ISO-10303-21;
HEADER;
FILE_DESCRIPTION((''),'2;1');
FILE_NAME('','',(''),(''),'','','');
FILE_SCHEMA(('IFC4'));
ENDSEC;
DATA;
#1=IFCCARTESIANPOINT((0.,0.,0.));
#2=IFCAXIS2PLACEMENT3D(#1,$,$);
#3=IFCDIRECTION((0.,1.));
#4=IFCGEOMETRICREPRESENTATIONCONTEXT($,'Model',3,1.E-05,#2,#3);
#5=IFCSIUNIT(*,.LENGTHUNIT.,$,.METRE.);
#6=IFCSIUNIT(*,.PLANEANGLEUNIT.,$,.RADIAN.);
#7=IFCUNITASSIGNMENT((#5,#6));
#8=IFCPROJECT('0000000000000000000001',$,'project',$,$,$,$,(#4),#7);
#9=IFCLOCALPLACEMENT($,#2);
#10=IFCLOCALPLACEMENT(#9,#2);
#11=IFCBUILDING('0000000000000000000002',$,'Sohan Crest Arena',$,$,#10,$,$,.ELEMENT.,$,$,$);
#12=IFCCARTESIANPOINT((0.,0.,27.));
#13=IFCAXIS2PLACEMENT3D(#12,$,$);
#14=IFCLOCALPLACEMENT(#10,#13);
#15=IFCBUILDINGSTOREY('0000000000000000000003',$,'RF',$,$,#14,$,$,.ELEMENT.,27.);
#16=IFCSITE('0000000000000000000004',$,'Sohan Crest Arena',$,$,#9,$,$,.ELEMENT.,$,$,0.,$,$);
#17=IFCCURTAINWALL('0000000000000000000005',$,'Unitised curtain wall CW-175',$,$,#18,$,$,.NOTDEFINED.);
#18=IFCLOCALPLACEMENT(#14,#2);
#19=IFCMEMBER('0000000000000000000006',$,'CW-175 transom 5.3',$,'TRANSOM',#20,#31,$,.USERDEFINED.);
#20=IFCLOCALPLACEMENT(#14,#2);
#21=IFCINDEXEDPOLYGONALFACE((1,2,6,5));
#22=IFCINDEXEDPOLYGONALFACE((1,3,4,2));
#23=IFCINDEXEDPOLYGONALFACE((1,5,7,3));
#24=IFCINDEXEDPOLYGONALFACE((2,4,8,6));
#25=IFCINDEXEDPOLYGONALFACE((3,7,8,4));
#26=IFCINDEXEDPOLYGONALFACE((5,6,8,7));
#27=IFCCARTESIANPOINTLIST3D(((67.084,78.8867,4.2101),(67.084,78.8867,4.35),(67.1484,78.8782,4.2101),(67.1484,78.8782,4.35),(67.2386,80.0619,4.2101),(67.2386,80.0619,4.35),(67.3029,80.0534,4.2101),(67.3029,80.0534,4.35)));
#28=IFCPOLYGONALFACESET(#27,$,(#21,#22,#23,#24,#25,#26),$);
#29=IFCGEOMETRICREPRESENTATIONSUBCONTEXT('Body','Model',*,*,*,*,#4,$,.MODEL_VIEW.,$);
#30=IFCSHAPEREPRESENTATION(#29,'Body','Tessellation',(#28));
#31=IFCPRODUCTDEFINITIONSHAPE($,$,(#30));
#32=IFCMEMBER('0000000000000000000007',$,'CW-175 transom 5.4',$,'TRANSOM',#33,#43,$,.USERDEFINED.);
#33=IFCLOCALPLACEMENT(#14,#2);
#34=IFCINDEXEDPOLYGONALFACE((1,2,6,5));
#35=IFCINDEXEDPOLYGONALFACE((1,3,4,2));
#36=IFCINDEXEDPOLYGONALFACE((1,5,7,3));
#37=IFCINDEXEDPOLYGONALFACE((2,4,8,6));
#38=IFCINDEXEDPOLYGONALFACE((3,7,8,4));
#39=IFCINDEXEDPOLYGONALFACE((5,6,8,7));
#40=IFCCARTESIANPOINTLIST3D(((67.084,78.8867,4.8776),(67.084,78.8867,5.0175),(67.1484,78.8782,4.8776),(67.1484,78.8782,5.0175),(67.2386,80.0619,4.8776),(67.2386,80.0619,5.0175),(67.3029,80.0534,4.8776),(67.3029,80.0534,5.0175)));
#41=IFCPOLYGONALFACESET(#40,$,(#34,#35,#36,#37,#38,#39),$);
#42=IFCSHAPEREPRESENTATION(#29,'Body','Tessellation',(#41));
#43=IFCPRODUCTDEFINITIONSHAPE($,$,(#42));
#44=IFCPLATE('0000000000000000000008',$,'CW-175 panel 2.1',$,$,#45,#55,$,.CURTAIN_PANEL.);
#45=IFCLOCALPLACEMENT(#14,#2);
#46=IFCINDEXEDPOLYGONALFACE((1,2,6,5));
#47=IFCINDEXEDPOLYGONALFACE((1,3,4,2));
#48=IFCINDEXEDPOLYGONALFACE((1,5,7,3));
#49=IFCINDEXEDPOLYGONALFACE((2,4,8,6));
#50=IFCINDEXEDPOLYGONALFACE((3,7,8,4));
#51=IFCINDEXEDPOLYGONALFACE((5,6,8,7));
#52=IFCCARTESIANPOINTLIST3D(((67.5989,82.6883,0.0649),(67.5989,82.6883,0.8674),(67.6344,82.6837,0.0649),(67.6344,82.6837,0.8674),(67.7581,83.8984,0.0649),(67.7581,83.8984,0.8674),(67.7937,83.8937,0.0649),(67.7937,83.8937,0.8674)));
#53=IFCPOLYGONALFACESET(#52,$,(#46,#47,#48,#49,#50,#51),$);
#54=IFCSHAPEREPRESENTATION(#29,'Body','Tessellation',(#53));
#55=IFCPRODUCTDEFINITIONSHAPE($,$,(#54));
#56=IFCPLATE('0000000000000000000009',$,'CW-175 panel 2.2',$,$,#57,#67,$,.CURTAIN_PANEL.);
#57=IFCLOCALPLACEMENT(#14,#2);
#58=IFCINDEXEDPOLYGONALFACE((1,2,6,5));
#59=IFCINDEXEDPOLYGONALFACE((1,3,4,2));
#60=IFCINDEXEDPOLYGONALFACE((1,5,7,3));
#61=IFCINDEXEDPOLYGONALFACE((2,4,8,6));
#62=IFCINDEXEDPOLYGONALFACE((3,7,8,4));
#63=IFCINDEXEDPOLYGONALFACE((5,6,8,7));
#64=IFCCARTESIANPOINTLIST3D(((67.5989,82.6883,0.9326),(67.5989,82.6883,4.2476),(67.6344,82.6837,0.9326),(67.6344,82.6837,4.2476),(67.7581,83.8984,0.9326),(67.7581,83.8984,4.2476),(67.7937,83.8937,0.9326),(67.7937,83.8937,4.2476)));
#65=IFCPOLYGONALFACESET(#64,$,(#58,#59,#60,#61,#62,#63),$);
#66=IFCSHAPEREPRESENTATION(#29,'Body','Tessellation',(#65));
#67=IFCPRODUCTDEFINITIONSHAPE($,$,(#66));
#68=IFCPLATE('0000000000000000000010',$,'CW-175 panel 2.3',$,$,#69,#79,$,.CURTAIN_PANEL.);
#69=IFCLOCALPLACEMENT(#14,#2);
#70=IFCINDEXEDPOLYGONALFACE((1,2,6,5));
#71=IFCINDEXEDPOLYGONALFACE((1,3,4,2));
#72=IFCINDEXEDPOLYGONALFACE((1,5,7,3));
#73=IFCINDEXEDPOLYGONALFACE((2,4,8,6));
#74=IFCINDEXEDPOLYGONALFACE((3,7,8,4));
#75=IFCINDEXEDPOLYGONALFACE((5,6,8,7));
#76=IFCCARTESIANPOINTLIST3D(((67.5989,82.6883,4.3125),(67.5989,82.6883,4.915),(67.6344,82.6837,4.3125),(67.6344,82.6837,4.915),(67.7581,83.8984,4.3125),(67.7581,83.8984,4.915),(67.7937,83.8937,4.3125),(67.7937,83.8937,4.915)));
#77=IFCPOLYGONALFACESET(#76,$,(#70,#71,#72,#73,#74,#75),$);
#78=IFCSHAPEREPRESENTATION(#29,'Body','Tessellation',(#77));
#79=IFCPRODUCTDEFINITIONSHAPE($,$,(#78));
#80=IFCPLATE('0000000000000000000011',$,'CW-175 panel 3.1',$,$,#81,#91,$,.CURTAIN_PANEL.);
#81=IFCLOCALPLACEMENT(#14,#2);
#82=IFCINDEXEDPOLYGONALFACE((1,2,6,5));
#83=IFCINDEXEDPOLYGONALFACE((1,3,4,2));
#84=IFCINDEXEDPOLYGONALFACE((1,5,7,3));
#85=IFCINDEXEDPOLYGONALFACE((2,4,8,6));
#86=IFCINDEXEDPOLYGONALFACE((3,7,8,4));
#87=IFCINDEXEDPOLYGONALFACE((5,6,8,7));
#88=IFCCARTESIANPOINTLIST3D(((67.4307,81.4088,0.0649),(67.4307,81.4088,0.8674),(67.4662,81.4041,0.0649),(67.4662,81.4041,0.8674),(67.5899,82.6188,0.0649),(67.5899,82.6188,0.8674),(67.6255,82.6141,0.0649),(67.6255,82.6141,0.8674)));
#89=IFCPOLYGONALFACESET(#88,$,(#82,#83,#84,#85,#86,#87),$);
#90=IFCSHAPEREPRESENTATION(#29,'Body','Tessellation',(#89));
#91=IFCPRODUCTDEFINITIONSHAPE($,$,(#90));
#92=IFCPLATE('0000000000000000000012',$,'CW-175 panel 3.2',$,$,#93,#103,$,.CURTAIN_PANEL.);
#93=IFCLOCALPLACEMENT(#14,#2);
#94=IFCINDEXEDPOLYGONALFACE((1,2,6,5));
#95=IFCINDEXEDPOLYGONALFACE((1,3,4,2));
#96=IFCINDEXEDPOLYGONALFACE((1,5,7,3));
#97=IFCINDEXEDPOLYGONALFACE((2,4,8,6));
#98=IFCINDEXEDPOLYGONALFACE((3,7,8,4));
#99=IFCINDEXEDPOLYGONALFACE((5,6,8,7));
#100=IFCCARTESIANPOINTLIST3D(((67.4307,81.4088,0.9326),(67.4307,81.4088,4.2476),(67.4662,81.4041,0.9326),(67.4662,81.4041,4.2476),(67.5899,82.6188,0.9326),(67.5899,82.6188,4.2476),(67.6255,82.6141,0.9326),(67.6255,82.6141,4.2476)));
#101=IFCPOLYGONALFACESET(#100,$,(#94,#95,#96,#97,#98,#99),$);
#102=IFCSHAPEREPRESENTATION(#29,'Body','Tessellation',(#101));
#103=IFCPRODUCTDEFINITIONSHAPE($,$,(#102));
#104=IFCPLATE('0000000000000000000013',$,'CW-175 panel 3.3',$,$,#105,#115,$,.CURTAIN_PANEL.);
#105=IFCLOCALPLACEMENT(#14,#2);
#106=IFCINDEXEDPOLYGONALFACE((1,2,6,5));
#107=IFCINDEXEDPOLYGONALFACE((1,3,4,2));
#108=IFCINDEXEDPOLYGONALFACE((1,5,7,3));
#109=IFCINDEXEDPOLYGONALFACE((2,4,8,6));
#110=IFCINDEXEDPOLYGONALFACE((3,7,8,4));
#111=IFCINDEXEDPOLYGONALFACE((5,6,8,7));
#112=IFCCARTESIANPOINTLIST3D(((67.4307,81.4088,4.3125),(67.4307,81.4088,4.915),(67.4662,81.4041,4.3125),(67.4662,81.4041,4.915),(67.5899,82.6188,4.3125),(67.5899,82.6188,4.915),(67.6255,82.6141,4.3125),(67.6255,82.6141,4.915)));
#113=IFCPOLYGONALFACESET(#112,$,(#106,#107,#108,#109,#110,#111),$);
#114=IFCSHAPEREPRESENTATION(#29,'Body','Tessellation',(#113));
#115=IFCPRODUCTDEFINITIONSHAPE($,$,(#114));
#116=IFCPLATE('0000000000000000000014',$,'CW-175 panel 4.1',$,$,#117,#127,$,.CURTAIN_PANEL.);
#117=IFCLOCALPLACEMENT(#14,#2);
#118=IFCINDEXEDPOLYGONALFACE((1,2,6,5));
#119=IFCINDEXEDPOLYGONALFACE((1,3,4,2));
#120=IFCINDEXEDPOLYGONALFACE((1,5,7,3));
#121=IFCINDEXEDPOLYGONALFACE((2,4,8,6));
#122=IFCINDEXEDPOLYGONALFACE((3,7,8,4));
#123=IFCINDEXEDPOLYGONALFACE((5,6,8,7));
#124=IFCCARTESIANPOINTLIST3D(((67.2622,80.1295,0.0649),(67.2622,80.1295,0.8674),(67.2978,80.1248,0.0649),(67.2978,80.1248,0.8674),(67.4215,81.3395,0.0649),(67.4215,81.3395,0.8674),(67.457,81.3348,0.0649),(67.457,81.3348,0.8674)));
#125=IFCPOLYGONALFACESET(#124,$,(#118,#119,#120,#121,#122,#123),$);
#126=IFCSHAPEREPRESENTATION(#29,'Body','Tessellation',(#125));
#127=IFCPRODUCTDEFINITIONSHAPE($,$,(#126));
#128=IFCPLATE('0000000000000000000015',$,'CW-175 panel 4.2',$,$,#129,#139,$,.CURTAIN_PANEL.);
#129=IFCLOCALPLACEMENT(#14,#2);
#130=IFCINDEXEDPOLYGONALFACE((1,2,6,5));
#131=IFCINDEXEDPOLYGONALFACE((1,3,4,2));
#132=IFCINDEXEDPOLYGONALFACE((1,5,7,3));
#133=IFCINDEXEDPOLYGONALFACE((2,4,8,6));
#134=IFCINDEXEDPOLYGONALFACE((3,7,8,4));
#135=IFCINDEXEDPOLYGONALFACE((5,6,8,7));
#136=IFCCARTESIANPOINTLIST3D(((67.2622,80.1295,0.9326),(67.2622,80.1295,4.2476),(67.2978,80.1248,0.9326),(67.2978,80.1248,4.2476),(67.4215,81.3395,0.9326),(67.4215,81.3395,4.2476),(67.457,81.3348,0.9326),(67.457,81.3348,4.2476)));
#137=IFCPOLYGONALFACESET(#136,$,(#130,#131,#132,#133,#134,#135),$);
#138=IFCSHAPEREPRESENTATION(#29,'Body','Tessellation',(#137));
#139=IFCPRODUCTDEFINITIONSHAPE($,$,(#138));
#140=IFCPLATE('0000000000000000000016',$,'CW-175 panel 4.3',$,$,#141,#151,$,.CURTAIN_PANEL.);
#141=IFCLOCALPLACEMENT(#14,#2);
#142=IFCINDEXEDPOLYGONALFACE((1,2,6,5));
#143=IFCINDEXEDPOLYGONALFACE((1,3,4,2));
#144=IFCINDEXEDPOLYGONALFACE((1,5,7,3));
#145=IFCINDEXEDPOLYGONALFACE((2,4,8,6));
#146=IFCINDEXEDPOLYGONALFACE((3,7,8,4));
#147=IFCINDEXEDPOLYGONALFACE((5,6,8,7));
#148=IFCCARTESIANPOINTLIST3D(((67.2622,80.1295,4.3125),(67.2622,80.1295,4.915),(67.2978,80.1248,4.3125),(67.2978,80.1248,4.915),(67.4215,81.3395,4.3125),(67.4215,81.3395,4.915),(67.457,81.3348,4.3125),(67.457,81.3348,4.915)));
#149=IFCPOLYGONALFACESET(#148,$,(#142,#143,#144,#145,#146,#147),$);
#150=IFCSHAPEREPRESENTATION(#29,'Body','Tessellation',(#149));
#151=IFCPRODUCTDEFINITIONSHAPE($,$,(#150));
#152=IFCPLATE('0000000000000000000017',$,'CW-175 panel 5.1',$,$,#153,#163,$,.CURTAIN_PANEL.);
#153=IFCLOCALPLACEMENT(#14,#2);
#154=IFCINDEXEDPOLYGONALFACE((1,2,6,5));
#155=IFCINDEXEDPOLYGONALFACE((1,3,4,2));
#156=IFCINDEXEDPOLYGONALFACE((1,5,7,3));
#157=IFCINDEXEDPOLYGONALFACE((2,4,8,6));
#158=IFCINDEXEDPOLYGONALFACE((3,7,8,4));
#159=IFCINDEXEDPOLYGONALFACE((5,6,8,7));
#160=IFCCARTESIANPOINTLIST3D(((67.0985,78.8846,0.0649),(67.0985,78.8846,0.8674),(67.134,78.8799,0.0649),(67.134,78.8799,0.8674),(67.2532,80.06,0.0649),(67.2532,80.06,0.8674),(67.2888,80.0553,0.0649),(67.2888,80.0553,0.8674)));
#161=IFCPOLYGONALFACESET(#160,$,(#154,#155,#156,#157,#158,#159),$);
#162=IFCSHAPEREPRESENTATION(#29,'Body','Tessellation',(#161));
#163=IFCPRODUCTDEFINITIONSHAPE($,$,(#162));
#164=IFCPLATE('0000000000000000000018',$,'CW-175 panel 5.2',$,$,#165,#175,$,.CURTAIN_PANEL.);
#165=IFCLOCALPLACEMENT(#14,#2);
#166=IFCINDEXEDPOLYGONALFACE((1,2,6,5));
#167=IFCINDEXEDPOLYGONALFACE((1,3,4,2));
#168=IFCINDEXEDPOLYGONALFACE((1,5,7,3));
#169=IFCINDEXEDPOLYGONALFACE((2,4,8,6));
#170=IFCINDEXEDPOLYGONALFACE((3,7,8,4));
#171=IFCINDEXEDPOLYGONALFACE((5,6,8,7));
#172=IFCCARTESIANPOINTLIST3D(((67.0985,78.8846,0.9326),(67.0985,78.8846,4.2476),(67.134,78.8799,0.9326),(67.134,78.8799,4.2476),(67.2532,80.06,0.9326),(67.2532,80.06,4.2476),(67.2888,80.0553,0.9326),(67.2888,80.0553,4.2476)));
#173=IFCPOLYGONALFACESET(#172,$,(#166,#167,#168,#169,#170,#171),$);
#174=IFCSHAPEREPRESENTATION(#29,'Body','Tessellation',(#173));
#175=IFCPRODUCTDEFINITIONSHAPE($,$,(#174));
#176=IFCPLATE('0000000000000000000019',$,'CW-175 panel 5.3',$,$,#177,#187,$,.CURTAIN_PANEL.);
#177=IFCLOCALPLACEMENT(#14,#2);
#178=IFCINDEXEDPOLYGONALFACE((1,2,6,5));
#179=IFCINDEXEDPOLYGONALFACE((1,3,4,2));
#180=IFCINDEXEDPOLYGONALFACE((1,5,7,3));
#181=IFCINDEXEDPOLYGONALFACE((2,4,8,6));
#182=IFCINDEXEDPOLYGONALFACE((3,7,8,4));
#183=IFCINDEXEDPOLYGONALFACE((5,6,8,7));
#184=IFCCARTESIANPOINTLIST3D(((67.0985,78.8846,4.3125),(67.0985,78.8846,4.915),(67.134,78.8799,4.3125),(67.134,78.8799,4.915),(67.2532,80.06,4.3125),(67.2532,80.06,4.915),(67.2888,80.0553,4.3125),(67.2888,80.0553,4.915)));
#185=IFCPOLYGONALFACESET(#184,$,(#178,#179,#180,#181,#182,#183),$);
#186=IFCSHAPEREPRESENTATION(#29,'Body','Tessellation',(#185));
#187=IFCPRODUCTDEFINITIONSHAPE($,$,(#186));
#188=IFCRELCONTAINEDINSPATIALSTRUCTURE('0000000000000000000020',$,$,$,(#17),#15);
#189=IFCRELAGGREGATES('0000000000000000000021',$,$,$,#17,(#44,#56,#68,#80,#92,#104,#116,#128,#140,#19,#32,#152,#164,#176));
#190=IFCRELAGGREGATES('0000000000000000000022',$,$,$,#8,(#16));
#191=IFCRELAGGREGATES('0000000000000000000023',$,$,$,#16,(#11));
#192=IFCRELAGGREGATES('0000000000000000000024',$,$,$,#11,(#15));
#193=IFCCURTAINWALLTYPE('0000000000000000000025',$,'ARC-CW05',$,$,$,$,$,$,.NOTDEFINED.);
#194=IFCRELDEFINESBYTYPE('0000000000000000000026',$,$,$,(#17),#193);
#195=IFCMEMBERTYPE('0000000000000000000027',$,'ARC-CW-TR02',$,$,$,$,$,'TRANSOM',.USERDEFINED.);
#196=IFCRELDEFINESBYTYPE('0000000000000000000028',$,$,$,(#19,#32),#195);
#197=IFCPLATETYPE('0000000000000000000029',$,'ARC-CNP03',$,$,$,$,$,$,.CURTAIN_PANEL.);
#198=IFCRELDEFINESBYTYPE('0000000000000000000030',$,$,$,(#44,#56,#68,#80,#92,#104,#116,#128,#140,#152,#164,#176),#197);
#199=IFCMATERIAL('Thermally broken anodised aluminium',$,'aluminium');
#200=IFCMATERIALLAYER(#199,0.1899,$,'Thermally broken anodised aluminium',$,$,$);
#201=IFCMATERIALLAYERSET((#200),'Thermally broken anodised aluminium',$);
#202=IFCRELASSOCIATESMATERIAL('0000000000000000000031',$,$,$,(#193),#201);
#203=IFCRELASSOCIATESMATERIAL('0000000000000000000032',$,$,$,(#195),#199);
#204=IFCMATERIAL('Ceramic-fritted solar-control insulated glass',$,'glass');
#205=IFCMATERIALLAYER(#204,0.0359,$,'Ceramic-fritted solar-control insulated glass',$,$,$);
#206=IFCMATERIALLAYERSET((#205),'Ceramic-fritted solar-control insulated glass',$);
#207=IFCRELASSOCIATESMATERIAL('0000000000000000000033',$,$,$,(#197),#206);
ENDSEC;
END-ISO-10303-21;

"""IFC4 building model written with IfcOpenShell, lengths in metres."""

from ifc_helpers import new_model, si_unit, direction, frame, origin, origin_2d, place, context, subcontext, project, spatial, rectangle, extrude, material, layer, layer_set, material_profile, profile_set, type_object, element, aggregate, save


model = new_model("IFC4")

# Units and contexts
model_context = context("Model", 3, precision=1e-05, world=origin(), true_north=direction((0.0, 1.0)))
body_context = subcontext(model_context, "Body", "Model", "MODEL_VIEW")
ifc_project = project(units=[si_unit("LENGTHUNIT", "METRE"), si_unit("PLANEANGLEUNIT", "RADIAN")], contexts=[model_context])

# Site, building, storey
site_placement = place(None, origin())
site = spatial("IfcSite", under=ifc_project, at=site_placement, Name="Sohan Crest Arena", CompositionType="ELEMENT", RefElevation=0.0)
building_placement = place(site_placement, origin())
building = spatial("IfcBuilding", under=site, at=building_placement, Name="Sohan Crest Arena", CompositionType="ELEMENT")
storey_placement = place(building_placement, frame((0.0, 0.0, 27.0)))
storey = spatial("IfcBuildingStorey", under=building, at=storey_placement, Name="RF", CompositionType="ELEMENT", Elevation=27.0)

# Curtain wall, members, plates
ifc_material_1 = material(Name="Thermally broken anodised aluminium", Category="aluminium")
ifc_layer_1 = layer(ifc_material_1, 0.1899, Name="Thermally broken anodised aluminium")
ifc_layer_set_1 = layer_set([ifc_layer_1], Name="Thermally broken anodised aluminium")
curtain_wall_type = type_object("IfcCurtainWallType", Name="ARC-CW05", PredefinedType="NOTDEFINED", material=ifc_layer_set_1)
curtain_wall_placement = place(storey_placement, origin())
curtain_wall = element("IfcCurtainWall", 1, at=curtain_wall_placement, inside=storey, type_object=curtain_wall_type, Name="Unitised curtain wall CW-175", PredefinedType="NOTDEFINED")
ifc_material_profile_1 = material_profile(ifc_material_1, rectangle(XDim=0.0649, YDim=0.1399, at=origin_2d()), Name="ALU-TRAN 65x140")
ifc_profile_set_1 = profile_set([ifc_material_profile_1], Name="Thermally broken anodised aluminium")
member_type_1 = type_object("IfcMemberType", Name="ARC-CW-TR02", ElementType="TRANSOM", PredefinedType="USERDEFINED", material=ifc_profile_set_1)
member_1_placement = place(storey_placement, frame((67.2708, 80.0576, 4.28), z_axis=(-0.130369, -0.991466, 0.0), x_axis=(0.991466, -0.130369, 0.0)))
member_1 = element("IfcMember", 2, at=member_1_placement, type_object=member_type_1, Name="CW-175 transom 5.3", ObjectType="TRANSOM", PredefinedType="USERDEFINED", context=body_context, shape_type="SweptSolid", body=[
    extrude(rectangle(XDim=0.0649, YDim=0.1399, at=origin_2d()), origin(), (0.0, 0.0, 1.0), 1.1853),
])
member_2_placement = place(storey_placement, frame((67.2708, 80.0576, 4.9475), z_axis=(-0.130369, -0.991466, 0.0), x_axis=(0.991466, -0.130369, 0.0)))
member_2 = element("IfcMember", 3, at=member_2_placement, type_object=member_type_1, Name="CW-175 transom 5.4", ObjectType="TRANSOM", PredefinedType="USERDEFINED", context=body_context, shape_type="SweptSolid", body=[
    extrude(rectangle(XDim=0.0649, YDim=0.1399, at=origin_2d()), origin(), (0.0, 0.0, 1.0), 1.1853),
])
ifc_material_2 = material(Name="Ceramic-fritted solar-control insulated glass", Category="glass")
ifc_layer_2 = layer(ifc_material_2, 0.0359, Name="Ceramic-fritted solar-control insulated glass")
ifc_layer_set_2 = layer_set([ifc_layer_2], Name="Ceramic-fritted solar-control insulated glass")
plate_type = type_object("IfcPlateType", Name="ARC-CNP03", PredefinedType="CURTAIN_PANEL", material=ifc_layer_set_2)
plate_1_placement = place(storey_placement, frame((67.6963, 83.291, 0.0649), z_axis=(0.0, 0.0, 1.0), x_axis=(-0.130499, -0.991448, 0.0)))
plate_1 = element("IfcPlate", 4, at=plate_1_placement, type_object=plate_type, Name="CW-175 panel 2.1", PredefinedType="CURTAIN_PANEL", context=body_context, shape_type="SweptSolid", body=[
    extrude(rectangle(XDim=1.2205, YDim=0.0359, at=origin_2d()), origin(), (0.0, 0.0, 1.0), 0.8025),
])
plate_2_placement = place(storey_placement, frame((67.6963, 83.291, 0.9326), z_axis=(0.0, 0.0, 1.0), x_axis=(-0.130499, -0.991448, 0.0)))
plate_2 = element("IfcPlate", 5, at=plate_2_placement, type_object=plate_type, Name="CW-175 panel 2.2", PredefinedType="CURTAIN_PANEL", context=body_context, shape_type="SweptSolid", body=[
    extrude(rectangle(XDim=1.2205, YDim=0.0359, at=origin_2d()), origin(), (0.0, 0.0, 1.0), 3.3149),
])
plate_3_placement = place(storey_placement, frame((67.6963, 83.291, 4.3125), z_axis=(0.0, 0.0, 1.0), x_axis=(-0.130499, -0.991448, 0.0)))
plate_3 = element("IfcPlate", 6, at=plate_3_placement, type_object=plate_type, Name="CW-175 panel 2.3", PredefinedType="CURTAIN_PANEL", context=body_context, shape_type="SweptSolid", body=[
    extrude(rectangle(XDim=1.2205, YDim=0.0359, at=origin_2d()), origin(), (0.0, 0.0, 1.0), 0.6025),
])
plate_4_placement = place(storey_placement, frame((67.5281, 82.0115, 0.0649), z_axis=(0.0, 0.0, 1.0), x_axis=(-0.130499, -0.991448, 0.0)))
plate_4 = element("IfcPlate", 7, at=plate_4_placement, type_object=plate_type, Name="CW-175 panel 3.1", PredefinedType="CURTAIN_PANEL", context=body_context, shape_type="SweptSolid", body=[
    extrude(rectangle(XDim=1.2205, YDim=0.0359, at=origin_2d()), origin(), (0.0, 0.0, 1.0), 0.8025),
])
plate_5_placement = place(storey_placement, frame((67.5281, 82.0115, 0.9326), z_axis=(0.0, 0.0, 1.0), x_axis=(-0.130499, -0.991448, 0.0)))
plate_5 = element("IfcPlate", 8, at=plate_5_placement, type_object=plate_type, Name="CW-175 panel 3.2", PredefinedType="CURTAIN_PANEL", context=body_context, shape_type="SweptSolid", body=[
    extrude(rectangle(XDim=1.2205, YDim=0.0359, at=origin_2d()), origin(), (0.0, 0.0, 1.0), 3.3149),
])
plate_6_placement = place(storey_placement, frame((67.5281, 82.0115, 4.3125), z_axis=(0.0, 0.0, 1.0), x_axis=(-0.130499, -0.991448, 0.0)))
plate_6 = element("IfcPlate", 9, at=plate_6_placement, type_object=plate_type, Name="CW-175 panel 3.3", PredefinedType="CURTAIN_PANEL", context=body_context, shape_type="SweptSolid", body=[
    extrude(rectangle(XDim=1.2205, YDim=0.0359, at=origin_2d()), origin(), (0.0, 0.0, 1.0), 0.6025),
])
plate_7_placement = place(storey_placement, frame((67.3596, 80.7322, 0.0649), z_axis=(0.0, 0.0, 1.0), x_axis=(-0.130499, -0.991448, 0.0)))
plate_7 = element("IfcPlate", 10, at=plate_7_placement, type_object=plate_type, Name="CW-175 panel 4.1", PredefinedType="CURTAIN_PANEL", context=body_context, shape_type="SweptSolid", body=[
    extrude(rectangle(XDim=1.2205, YDim=0.0359, at=origin_2d()), origin(), (0.0, 0.0, 1.0), 0.8025),
])
plate_8_placement = place(storey_placement, frame((67.3596, 80.7322, 0.9326), z_axis=(0.0, 0.0, 1.0), x_axis=(-0.130499, -0.991448, 0.0)))
plate_8 = element("IfcPlate", 11, at=plate_8_placement, type_object=plate_type, Name="CW-175 panel 4.2", PredefinedType="CURTAIN_PANEL", context=body_context, shape_type="SweptSolid", body=[
    extrude(rectangle(XDim=1.2205, YDim=0.0359, at=origin_2d()), origin(), (0.0, 0.0, 1.0), 3.3149),
])
plate_9_placement = place(storey_placement, frame((67.3596, 80.7322, 4.3125), z_axis=(0.0, 0.0, 1.0), x_axis=(-0.130499, -0.991448, 0.0)))
plate_9 = element("IfcPlate", 12, at=plate_9_placement, type_object=plate_type, Name="CW-175 panel 4.3", PredefinedType="CURTAIN_PANEL", context=body_context, shape_type="SweptSolid", body=[
    extrude(rectangle(XDim=1.2205, YDim=0.0359, at=origin_2d()), origin(), (0.0, 0.0, 1.0), 0.6025),
])
plate_10_placement = place(storey_placement, frame((67.1936, 79.47, 0.0649), z_axis=(0.0, 0.0, 1.0), x_axis=(-0.130499, -0.991448, 0.0)))
plate_10 = element("IfcPlate", 13, at=plate_10_placement, type_object=plate_type, Name="CW-175 panel 5.1", PredefinedType="CURTAIN_PANEL", context=body_context, shape_type="SweptSolid", body=[
    extrude(rectangle(XDim=1.1855, YDim=0.0359, at=origin_2d()), origin(), (0.0, 0.0, 1.0), 0.8025),
])
plate_11_placement = place(storey_placement, frame((67.1936, 79.47, 0.9326), z_axis=(0.0, 0.0, 1.0), x_axis=(-0.130499, -0.991448, 0.0)))
plate_11 = element("IfcPlate", 14, at=plate_11_placement, type_object=plate_type, Name="CW-175 panel 5.2", PredefinedType="CURTAIN_PANEL", context=body_context, shape_type="SweptSolid", body=[
    extrude(rectangle(XDim=1.1855, YDim=0.0359, at=origin_2d()), origin(), (0.0, 0.0, 1.0), 3.3149),
])
plate_12_placement = place(storey_placement, frame((67.1936, 79.47, 4.3125), z_axis=(0.0, 0.0, 1.0), x_axis=(-0.130499, -0.991448, 0.0)))
plate_12 = element("IfcPlate", 15, at=plate_12_placement, type_object=plate_type, Name="CW-175 panel 5.3", PredefinedType="CURTAIN_PANEL", context=body_context, shape_type="SweptSolid", body=[
    extrude(rectangle(XDim=1.1855, YDim=0.0359, at=origin_2d()), origin(), (0.0, 0.0, 1.0), 0.6025),
])
aggregate(curtain_wall, [plate_1, plate_2, plate_3, plate_4, plate_5, plate_6, plate_7, plate_8, plate_9, member_1, member_2, plate_10, plate_11, plate_12])

save(model, "model.ifc")
